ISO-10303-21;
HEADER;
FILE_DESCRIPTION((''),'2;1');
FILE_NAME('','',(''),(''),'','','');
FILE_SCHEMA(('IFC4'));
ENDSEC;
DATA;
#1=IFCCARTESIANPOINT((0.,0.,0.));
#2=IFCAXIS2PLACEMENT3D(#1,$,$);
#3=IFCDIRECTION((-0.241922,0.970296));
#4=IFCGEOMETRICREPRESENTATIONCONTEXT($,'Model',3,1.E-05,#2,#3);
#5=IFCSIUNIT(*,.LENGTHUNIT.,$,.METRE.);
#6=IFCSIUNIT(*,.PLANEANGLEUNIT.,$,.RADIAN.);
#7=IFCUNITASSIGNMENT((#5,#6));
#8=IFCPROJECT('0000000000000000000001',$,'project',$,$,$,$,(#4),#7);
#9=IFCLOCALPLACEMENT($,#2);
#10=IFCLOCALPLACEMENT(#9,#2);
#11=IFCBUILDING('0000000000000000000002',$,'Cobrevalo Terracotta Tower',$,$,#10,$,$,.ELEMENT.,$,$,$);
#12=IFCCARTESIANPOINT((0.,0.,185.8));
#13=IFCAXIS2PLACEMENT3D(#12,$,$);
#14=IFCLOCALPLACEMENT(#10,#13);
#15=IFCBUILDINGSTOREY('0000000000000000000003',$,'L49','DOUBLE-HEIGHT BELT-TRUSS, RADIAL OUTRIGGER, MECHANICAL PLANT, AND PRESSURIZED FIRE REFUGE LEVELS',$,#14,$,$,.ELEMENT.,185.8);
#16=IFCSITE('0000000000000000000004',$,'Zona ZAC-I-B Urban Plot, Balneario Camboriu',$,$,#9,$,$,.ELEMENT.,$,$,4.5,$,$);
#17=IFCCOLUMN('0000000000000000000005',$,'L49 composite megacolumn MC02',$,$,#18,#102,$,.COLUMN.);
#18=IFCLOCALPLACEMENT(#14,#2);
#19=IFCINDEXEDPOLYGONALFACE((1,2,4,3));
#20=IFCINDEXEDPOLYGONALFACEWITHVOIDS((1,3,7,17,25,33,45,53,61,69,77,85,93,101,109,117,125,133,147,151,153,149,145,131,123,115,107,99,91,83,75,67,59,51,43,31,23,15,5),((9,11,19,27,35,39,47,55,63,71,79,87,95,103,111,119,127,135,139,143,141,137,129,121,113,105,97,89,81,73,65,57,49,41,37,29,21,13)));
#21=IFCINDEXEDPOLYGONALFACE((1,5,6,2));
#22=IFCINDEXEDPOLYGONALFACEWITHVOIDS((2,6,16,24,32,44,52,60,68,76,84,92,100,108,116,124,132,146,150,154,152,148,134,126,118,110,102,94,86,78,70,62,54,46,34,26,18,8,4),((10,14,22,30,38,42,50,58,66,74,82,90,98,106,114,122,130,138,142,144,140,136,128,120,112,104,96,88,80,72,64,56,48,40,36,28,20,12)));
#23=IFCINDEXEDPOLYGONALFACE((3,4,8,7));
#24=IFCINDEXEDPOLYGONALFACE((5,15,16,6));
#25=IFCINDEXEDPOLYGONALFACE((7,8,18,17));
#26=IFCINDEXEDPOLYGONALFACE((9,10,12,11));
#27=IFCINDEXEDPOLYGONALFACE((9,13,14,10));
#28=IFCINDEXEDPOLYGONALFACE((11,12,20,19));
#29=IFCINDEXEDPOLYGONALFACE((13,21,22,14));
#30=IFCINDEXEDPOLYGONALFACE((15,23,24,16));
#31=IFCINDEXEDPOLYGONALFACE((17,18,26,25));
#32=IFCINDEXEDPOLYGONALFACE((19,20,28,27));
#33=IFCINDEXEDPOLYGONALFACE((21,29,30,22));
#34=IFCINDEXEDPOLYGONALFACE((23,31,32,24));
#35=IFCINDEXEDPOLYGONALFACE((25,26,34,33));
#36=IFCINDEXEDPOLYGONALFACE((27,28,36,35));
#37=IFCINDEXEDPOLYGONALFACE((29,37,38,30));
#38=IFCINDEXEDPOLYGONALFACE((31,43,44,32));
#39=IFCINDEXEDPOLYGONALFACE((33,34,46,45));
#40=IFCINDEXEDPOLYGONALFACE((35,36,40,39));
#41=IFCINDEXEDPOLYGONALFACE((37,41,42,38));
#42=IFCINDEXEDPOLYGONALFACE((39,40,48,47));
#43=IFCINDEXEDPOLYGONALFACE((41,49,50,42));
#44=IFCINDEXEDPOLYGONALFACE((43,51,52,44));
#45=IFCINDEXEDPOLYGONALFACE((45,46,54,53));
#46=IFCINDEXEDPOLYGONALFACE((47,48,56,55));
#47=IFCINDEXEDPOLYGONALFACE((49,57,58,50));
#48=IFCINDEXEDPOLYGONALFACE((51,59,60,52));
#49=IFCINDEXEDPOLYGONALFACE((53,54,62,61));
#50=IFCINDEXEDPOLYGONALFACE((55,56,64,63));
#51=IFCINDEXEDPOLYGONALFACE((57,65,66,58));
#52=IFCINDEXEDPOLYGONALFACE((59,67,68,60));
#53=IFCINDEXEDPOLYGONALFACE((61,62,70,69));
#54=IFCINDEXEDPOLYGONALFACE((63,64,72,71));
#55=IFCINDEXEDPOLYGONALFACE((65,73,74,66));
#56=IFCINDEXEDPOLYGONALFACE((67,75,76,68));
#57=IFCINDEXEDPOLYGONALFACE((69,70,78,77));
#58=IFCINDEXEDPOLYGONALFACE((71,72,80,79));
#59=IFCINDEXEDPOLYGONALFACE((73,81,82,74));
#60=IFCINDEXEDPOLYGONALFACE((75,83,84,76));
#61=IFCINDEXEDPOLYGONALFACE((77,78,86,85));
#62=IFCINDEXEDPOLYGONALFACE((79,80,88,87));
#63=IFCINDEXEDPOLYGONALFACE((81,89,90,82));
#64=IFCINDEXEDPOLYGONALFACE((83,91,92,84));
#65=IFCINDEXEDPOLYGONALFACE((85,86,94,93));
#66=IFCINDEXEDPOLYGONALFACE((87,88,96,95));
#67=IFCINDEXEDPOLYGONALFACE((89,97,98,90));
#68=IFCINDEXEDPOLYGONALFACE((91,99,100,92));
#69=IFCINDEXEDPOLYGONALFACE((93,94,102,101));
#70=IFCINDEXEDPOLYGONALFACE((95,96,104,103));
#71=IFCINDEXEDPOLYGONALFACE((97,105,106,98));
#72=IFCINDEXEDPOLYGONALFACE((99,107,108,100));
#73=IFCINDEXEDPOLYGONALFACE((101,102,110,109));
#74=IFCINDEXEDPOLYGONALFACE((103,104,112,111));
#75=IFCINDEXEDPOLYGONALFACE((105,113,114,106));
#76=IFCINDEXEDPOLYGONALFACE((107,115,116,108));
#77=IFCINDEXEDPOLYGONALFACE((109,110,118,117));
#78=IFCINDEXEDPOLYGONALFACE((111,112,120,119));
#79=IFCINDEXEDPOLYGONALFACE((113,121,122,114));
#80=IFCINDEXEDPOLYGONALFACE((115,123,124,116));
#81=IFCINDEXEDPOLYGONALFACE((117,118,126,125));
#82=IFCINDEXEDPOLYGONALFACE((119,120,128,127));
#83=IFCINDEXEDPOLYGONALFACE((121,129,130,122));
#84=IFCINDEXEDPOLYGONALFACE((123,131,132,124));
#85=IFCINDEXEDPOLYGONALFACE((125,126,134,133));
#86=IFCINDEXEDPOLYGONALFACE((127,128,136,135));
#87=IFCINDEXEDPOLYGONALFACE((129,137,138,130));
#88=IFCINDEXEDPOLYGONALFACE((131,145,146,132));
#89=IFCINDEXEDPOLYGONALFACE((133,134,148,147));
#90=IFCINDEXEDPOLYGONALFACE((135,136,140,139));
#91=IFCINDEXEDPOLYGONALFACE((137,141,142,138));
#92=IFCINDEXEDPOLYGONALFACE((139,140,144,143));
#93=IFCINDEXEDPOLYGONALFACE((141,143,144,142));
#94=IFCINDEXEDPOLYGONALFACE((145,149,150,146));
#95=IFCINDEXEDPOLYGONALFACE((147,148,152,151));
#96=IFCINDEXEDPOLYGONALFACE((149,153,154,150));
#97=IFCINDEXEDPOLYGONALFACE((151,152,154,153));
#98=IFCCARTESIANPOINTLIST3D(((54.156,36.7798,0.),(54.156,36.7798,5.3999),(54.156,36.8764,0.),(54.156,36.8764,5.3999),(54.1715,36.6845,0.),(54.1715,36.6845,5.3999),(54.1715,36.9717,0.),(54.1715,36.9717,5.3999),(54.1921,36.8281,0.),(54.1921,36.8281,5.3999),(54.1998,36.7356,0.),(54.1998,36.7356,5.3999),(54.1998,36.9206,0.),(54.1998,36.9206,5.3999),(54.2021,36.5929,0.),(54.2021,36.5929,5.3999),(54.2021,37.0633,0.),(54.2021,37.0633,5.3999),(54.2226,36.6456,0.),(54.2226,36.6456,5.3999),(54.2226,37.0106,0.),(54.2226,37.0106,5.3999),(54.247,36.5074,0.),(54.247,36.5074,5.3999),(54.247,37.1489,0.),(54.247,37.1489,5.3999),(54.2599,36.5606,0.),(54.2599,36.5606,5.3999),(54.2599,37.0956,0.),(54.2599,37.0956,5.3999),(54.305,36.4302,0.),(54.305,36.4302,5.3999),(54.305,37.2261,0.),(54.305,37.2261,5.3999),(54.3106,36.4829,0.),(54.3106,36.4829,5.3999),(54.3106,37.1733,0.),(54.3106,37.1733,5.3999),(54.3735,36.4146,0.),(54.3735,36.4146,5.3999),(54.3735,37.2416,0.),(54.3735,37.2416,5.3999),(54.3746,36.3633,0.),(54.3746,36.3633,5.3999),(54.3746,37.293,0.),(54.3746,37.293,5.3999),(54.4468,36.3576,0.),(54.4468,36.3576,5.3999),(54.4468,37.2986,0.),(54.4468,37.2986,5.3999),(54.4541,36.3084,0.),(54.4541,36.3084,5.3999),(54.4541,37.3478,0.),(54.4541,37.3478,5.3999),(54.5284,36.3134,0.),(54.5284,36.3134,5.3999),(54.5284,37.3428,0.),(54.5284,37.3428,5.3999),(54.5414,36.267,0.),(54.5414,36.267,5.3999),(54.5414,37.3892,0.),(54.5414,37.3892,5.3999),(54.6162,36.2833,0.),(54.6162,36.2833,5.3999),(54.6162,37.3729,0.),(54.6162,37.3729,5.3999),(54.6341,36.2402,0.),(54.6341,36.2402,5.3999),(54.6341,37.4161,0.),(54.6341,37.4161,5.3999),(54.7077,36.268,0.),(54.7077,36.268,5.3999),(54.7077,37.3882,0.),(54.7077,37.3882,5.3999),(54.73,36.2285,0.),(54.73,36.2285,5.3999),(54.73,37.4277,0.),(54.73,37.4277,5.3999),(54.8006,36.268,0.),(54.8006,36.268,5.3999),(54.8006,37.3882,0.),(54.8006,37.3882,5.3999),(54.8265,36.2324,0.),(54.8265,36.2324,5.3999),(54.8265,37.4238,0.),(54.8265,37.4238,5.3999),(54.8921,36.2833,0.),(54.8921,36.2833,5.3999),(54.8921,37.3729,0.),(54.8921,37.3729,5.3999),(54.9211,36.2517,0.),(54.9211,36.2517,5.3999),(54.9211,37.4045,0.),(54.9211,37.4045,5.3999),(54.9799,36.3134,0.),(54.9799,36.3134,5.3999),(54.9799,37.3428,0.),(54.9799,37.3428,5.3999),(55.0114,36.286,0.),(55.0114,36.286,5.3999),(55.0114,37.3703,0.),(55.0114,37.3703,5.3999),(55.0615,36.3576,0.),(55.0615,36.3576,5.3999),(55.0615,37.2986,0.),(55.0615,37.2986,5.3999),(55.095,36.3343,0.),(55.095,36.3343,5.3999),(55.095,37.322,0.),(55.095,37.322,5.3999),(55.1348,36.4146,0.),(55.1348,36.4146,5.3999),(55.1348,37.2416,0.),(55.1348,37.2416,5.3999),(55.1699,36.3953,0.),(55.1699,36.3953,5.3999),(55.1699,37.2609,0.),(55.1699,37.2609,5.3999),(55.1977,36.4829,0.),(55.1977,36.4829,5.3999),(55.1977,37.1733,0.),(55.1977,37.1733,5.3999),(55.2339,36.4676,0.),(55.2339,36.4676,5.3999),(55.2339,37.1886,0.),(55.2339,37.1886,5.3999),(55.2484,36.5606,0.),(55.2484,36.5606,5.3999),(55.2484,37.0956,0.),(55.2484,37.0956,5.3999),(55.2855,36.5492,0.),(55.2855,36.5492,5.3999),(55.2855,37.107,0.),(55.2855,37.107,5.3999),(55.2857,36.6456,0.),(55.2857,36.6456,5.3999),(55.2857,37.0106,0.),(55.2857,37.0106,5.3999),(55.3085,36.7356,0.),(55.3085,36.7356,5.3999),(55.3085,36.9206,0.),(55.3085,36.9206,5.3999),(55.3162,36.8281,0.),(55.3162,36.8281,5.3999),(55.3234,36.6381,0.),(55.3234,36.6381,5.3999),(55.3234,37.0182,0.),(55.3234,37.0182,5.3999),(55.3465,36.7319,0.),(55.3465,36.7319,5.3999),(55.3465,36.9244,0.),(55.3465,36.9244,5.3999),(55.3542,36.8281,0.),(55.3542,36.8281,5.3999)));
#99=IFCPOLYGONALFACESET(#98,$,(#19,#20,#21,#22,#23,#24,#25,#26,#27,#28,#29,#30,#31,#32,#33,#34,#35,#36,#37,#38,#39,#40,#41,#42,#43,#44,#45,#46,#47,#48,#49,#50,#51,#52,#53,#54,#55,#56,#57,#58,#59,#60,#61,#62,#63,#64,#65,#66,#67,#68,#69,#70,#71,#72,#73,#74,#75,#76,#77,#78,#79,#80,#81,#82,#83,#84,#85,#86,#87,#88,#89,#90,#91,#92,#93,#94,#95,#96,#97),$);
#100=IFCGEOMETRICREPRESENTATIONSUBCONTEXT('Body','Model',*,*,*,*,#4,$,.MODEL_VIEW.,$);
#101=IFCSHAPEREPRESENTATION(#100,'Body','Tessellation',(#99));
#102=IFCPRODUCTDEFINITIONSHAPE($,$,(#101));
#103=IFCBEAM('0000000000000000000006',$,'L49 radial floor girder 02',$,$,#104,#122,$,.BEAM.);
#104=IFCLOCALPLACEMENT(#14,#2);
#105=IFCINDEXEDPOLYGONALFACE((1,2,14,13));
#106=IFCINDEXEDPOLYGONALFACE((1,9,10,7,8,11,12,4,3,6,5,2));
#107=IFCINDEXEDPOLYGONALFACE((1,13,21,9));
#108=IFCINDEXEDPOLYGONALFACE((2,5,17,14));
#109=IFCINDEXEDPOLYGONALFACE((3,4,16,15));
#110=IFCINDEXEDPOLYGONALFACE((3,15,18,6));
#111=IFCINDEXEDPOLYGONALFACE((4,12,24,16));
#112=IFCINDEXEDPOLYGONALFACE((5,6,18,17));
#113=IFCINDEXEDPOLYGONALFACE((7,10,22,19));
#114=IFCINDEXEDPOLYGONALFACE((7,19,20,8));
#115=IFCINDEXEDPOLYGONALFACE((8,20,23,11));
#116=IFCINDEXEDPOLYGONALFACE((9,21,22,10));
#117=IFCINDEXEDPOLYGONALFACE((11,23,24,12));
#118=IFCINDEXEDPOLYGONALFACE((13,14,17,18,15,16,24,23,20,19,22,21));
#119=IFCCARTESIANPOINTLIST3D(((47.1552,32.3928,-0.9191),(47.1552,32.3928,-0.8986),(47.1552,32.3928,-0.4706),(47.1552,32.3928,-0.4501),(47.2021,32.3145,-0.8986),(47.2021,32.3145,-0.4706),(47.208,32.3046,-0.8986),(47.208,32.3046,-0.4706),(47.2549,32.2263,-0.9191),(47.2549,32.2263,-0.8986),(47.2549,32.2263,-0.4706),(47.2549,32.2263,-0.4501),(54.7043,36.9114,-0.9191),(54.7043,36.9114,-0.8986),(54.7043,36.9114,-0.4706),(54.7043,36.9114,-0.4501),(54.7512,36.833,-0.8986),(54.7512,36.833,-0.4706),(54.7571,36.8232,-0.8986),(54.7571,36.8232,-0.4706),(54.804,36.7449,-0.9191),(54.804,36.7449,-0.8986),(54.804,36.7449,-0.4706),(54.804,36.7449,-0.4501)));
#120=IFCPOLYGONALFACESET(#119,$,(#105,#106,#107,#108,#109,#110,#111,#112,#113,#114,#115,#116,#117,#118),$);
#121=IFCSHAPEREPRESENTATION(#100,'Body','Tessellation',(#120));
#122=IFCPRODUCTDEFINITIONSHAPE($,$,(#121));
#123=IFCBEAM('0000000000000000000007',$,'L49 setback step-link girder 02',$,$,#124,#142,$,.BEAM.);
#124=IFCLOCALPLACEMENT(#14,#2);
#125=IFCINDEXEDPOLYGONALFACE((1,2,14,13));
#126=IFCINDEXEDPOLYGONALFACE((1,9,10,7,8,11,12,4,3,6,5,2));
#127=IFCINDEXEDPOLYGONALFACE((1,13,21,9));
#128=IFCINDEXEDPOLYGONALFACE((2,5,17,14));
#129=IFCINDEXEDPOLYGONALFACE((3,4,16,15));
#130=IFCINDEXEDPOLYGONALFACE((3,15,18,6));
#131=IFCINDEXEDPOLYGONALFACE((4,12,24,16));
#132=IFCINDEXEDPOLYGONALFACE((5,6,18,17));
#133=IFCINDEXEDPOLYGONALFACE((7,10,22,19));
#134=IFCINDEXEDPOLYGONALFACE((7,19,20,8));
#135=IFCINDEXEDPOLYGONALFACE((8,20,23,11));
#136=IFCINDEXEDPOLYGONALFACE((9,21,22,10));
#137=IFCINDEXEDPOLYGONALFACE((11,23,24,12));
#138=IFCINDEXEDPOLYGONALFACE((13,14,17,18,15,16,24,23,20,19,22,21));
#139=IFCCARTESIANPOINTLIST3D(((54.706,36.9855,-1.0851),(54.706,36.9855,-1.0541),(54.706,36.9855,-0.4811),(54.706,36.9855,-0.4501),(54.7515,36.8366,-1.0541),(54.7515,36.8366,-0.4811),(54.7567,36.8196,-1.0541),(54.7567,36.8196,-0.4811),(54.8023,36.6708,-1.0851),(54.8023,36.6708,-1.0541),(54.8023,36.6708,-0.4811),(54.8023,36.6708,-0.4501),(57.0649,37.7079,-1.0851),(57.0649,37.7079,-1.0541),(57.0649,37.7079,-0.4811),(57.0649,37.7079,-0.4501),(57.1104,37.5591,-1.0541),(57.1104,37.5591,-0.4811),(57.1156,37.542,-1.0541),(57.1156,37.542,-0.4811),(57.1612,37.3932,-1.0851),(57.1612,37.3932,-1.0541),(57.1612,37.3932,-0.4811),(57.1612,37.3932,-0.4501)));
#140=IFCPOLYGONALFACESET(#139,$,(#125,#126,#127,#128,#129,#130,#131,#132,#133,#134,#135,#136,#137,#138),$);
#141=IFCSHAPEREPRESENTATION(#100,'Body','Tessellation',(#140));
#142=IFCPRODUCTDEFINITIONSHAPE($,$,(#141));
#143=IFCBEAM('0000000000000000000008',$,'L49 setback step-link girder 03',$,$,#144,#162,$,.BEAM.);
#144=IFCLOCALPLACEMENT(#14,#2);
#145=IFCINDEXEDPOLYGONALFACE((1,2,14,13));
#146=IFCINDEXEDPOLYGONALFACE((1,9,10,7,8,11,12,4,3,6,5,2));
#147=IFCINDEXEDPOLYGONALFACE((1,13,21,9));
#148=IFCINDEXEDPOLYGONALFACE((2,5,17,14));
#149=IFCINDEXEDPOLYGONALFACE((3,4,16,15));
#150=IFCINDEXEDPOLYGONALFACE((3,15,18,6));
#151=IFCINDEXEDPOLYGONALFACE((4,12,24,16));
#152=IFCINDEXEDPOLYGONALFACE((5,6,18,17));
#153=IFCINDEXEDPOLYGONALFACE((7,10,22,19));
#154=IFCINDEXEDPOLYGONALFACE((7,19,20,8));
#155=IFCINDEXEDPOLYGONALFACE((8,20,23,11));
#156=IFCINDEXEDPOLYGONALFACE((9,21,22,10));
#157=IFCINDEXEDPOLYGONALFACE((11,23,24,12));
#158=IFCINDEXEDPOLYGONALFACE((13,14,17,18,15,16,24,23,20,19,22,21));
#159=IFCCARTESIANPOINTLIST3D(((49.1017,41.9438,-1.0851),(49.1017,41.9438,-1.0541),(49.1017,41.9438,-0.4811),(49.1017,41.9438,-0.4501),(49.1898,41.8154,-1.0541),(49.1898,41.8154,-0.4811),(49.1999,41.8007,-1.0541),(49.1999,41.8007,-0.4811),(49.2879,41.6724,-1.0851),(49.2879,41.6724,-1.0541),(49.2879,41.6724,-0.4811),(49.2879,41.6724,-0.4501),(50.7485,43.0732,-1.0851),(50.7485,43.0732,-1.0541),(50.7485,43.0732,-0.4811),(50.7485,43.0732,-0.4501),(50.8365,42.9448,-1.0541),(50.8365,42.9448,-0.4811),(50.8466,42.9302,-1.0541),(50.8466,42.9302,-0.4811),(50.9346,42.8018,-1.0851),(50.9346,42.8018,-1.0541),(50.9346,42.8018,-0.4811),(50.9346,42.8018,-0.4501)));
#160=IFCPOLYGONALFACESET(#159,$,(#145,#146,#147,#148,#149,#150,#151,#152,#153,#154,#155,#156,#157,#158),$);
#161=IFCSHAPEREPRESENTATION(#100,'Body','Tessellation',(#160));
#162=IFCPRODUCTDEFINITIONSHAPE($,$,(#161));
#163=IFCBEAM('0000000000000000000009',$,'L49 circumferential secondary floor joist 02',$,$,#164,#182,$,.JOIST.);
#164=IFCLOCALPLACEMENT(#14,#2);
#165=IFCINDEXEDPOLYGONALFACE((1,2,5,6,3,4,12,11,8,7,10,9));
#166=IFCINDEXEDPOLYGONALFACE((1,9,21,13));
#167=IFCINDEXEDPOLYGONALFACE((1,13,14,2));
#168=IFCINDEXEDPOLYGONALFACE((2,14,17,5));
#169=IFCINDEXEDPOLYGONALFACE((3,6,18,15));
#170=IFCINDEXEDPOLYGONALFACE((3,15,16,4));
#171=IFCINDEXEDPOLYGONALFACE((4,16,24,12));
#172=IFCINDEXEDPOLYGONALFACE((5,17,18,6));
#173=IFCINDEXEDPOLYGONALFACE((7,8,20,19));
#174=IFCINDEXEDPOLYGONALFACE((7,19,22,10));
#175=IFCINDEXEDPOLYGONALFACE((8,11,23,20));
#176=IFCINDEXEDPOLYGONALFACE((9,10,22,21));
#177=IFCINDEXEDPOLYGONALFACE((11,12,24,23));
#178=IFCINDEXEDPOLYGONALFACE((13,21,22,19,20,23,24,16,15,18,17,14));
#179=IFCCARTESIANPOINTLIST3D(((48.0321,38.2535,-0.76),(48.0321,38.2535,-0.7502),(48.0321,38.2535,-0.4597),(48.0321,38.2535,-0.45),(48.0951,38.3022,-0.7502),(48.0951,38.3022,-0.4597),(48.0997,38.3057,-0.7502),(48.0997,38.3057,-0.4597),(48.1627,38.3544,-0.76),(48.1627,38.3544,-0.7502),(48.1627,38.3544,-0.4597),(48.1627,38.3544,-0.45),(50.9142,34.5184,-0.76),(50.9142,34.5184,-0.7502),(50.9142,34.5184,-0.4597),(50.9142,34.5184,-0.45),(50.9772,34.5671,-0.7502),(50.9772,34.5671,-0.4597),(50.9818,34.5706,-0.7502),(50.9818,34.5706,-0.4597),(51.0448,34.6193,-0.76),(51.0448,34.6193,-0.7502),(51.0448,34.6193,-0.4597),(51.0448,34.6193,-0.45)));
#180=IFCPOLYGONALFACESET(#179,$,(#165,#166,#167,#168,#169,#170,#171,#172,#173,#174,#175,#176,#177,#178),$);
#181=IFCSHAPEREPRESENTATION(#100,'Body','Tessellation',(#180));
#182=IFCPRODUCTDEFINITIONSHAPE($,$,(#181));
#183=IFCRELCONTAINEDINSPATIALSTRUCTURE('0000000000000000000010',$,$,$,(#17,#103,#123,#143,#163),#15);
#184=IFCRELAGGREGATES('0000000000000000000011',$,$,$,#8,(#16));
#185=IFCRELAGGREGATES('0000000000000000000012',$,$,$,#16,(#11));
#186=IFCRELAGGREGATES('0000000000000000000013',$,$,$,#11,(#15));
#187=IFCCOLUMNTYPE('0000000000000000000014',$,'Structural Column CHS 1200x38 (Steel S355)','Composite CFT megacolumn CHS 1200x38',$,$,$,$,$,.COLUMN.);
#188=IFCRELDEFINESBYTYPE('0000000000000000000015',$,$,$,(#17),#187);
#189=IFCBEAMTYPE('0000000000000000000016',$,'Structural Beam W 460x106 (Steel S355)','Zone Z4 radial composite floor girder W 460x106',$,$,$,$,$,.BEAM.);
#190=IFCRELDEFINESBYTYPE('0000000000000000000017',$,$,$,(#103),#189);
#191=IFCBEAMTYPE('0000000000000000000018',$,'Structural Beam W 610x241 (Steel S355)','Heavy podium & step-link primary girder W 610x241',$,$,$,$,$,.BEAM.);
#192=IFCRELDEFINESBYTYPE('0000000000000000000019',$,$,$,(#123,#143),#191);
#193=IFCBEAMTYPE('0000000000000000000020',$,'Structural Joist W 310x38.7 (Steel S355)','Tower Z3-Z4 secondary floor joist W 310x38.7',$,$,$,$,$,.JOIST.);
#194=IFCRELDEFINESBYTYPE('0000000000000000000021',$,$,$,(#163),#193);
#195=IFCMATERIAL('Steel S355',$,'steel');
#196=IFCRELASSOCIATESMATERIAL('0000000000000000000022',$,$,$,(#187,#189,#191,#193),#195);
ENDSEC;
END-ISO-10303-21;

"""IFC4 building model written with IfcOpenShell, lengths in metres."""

from ifc_helpers import new_model, si_unit, direction, frame, origin, origin_2d, place, context, subcontext, project, spatial, hollow_circle, i_section, extrude, material, material_profile, profile_set, type_object, element, save


model = new_model("IFC4")

# Units and contexts
model_context = context("Model", 3, precision=1e-05, world=origin(), true_north=direction((-0.241922, 0.970296)))
body_context = subcontext(model_context, "Body", "Model", "MODEL_VIEW")
ifc_project = project(units=[si_unit("LENGTHUNIT", "METRE"), si_unit("PLANEANGLEUNIT", "RADIAN")], contexts=[model_context])

# Site, building, storey
site_placement = place(None, origin())
site = spatial("IfcSite", under=ifc_project, at=site_placement, Name="Zona ZAC-I-B Urban Plot, Balneario Camboriu", CompositionType="ELEMENT", RefElevation=4.5)
building_placement = place(site_placement, origin())
building = spatial("IfcBuilding", under=site, at=building_placement, Name="Cobrevalo Terracotta Tower", CompositionType="ELEMENT")
storey_placement = place(building_placement, frame((0.0, 0.0, 185.8)))
storey = spatial("IfcBuildingStorey", under=building, at=storey_placement, Name="L49", Description="DOUBLE-HEIGHT BELT-TRUSS, RADIAL OUTRIGGER, MECHANICAL PLANT, AND PRESSURIZED FIRE REFUGE LEVELS", CompositionType="ELEMENT", Elevation=185.8)

# Column
ifc_material_1 = material(Name="Steel S355", Category="steel")
ifc_material_profile_1 = material_profile(ifc_material_1, hollow_circle(Radius=0.6001, WallThickness=0.0381, at=origin_2d()), Name="CHS 1200x38")
ifc_profile_set_1 = profile_set([ifc_material_profile_1], Name="Steel S355")
column_type = type_object("IfcColumnType", Name="Structural Column CHS 1200x38 (Steel S355)", Description="Composite CFT megacolumn CHS 1200x38", PredefinedType="COLUMN", material=ifc_profile_set_1)
column_placement = place(storey_placement, frame((54.7542, 36.8281, 0.0), z_axis=(0.0, 0.0, 1.0), x_axis=(1.0, 0.0, 0.0)))
element("IfcColumn", 1, at=column_placement, inside=storey, type_object=column_type, Name="L49 composite megacolumn MC02", PredefinedType="COLUMN", context=body_context, shape_type="SweptSolid", body=[
    extrude(hollow_circle(Radius=0.6001, WallThickness=0.0381, at=origin_2d()), origin(), (0.0, 0.0, 1.0), 5.3999),
])

# Beams
ifc_material_profile_2 = material_profile(ifc_material_1, i_section(OverallWidth=0.1941, OverallDepth=0.469, WebThickness=0.0115, FlangeThickness=0.0205, at=origin_2d()), Name="W 460x106")
ifc_profile_set_2 = profile_set([ifc_material_profile_2], Name="Steel S355")
beam_type_1 = type_object("IfcBeamType", Name="Structural Beam W 460x106 (Steel S355)", Description="Zone Z4 radial composite floor girder W 460x106", PredefinedType="BEAM", material=ifc_profile_set_2)
beam_1_placement = place(storey_placement, frame((54.7542, 36.8281, -0.6846), z_axis=(-0.858038, -0.513585, 0.0), x_axis=(0.513585, -0.858038, 0.0)))
element("IfcBeam", 2, at=beam_1_placement, inside=storey, type_object=beam_type_1, Name="L49 radial floor girder 02", PredefinedType="BEAM", context=body_context, shape_type="SweptSolid", body=[
    extrude(i_section(OverallWidth=0.1941, OverallDepth=0.469, WebThickness=0.0115, FlangeThickness=0.0205, at=origin_2d()), origin(), (0.0, 0.0, 1.0), 8.7981),
])
ifc_material_profile_3 = material_profile(ifc_material_1, i_section(OverallWidth=0.3291, OverallDepth=0.635, WebThickness=0.0178, FlangeThickness=0.031, at=origin_2d()), Name="W 610x241")
ifc_profile_set_3 = profile_set([ifc_material_profile_3], Name="Steel S355")
beam_type_2 = type_object("IfcBeamType", Name="Structural Beam W 610x241 (Steel S355)", Description="Heavy podium & step-link primary girder W 610x241", PredefinedType="BEAM", material=ifc_profile_set_3)
beam_2_placement = place(storey_placement, frame((57.113, 37.5505, -0.7676), z_axis=(-0.956165, -0.292827, 0.0), x_axis=(0.292827, -0.956165, 0.0)))
element("IfcBeam", 3, at=beam_2_placement, inside=storey, type_object=beam_type_2, Name="L49 setback step-link girder 02", PredefinedType="BEAM", context=body_context, shape_type="SweptSolid", body=[
    extrude(i_section(OverallWidth=0.3291, OverallDepth=0.635, WebThickness=0.0178, FlangeThickness=0.031, at=origin_2d()), origin(), (0.0, 0.0, 1.0), 2.467),
])
beam_3_placement = place(storey_placement, frame((50.8416, 42.9375, -0.7676), z_axis=(-0.82468, -0.5656, 0.0), x_axis=(0.5656, -0.82468, 0.0)))
element("IfcBeam", 4, at=beam_3_placement, inside=storey, type_object=beam_type_2, Name="L49 setback step-link girder 03", PredefinedType="BEAM", context=body_context, shape_type="SweptSolid", body=[
    extrude(i_section(OverallWidth=0.3291, OverallDepth=0.635, WebThickness=0.0178, FlangeThickness=0.031, at=origin_2d()), origin(), (0.0, 0.0, 1.0), 1.9968),
])
ifc_material_profile_4 = material_profile(ifc_material_1, i_section(OverallWidth=0.165, OverallDepth=0.3101, WebThickness=0.0059, FlangeThickness=0.0098, at=origin_2d()), Name="W 310x38.7")
ifc_profile_set_4 = profile_set([ifc_material_profile_4], Name="Steel S355")
beam_type_3 = type_object("IfcBeamType", Name="Structural Joist W 310x38.7 (Steel S355)", Description="Tower Z3-Z4 secondary floor joist W 310x38.7", PredefinedType="JOIST", material=ifc_profile_set_4)
beam_4_placement = place(storey_placement, frame((50.9795, 34.5688, -0.605), z_axis=(-0.610898, 0.791709, 0.0), x_axis=(-0.791709, -0.610898, 0.0)))
element("IfcBeam", 5, at=beam_4_placement, inside=storey, type_object=beam_type_3, Name="L49 circumferential secondary floor joist 02", PredefinedType="JOIST", context=body_context, shape_type="SweptSolid", body=[
    extrude(i_section(OverallWidth=0.165, OverallDepth=0.3101, WebThickness=0.0059, FlangeThickness=0.0098, at=origin_2d()), origin(), (0.0, 0.0, 1.0), 4.7178),
])

save(model, "model.ifc")
